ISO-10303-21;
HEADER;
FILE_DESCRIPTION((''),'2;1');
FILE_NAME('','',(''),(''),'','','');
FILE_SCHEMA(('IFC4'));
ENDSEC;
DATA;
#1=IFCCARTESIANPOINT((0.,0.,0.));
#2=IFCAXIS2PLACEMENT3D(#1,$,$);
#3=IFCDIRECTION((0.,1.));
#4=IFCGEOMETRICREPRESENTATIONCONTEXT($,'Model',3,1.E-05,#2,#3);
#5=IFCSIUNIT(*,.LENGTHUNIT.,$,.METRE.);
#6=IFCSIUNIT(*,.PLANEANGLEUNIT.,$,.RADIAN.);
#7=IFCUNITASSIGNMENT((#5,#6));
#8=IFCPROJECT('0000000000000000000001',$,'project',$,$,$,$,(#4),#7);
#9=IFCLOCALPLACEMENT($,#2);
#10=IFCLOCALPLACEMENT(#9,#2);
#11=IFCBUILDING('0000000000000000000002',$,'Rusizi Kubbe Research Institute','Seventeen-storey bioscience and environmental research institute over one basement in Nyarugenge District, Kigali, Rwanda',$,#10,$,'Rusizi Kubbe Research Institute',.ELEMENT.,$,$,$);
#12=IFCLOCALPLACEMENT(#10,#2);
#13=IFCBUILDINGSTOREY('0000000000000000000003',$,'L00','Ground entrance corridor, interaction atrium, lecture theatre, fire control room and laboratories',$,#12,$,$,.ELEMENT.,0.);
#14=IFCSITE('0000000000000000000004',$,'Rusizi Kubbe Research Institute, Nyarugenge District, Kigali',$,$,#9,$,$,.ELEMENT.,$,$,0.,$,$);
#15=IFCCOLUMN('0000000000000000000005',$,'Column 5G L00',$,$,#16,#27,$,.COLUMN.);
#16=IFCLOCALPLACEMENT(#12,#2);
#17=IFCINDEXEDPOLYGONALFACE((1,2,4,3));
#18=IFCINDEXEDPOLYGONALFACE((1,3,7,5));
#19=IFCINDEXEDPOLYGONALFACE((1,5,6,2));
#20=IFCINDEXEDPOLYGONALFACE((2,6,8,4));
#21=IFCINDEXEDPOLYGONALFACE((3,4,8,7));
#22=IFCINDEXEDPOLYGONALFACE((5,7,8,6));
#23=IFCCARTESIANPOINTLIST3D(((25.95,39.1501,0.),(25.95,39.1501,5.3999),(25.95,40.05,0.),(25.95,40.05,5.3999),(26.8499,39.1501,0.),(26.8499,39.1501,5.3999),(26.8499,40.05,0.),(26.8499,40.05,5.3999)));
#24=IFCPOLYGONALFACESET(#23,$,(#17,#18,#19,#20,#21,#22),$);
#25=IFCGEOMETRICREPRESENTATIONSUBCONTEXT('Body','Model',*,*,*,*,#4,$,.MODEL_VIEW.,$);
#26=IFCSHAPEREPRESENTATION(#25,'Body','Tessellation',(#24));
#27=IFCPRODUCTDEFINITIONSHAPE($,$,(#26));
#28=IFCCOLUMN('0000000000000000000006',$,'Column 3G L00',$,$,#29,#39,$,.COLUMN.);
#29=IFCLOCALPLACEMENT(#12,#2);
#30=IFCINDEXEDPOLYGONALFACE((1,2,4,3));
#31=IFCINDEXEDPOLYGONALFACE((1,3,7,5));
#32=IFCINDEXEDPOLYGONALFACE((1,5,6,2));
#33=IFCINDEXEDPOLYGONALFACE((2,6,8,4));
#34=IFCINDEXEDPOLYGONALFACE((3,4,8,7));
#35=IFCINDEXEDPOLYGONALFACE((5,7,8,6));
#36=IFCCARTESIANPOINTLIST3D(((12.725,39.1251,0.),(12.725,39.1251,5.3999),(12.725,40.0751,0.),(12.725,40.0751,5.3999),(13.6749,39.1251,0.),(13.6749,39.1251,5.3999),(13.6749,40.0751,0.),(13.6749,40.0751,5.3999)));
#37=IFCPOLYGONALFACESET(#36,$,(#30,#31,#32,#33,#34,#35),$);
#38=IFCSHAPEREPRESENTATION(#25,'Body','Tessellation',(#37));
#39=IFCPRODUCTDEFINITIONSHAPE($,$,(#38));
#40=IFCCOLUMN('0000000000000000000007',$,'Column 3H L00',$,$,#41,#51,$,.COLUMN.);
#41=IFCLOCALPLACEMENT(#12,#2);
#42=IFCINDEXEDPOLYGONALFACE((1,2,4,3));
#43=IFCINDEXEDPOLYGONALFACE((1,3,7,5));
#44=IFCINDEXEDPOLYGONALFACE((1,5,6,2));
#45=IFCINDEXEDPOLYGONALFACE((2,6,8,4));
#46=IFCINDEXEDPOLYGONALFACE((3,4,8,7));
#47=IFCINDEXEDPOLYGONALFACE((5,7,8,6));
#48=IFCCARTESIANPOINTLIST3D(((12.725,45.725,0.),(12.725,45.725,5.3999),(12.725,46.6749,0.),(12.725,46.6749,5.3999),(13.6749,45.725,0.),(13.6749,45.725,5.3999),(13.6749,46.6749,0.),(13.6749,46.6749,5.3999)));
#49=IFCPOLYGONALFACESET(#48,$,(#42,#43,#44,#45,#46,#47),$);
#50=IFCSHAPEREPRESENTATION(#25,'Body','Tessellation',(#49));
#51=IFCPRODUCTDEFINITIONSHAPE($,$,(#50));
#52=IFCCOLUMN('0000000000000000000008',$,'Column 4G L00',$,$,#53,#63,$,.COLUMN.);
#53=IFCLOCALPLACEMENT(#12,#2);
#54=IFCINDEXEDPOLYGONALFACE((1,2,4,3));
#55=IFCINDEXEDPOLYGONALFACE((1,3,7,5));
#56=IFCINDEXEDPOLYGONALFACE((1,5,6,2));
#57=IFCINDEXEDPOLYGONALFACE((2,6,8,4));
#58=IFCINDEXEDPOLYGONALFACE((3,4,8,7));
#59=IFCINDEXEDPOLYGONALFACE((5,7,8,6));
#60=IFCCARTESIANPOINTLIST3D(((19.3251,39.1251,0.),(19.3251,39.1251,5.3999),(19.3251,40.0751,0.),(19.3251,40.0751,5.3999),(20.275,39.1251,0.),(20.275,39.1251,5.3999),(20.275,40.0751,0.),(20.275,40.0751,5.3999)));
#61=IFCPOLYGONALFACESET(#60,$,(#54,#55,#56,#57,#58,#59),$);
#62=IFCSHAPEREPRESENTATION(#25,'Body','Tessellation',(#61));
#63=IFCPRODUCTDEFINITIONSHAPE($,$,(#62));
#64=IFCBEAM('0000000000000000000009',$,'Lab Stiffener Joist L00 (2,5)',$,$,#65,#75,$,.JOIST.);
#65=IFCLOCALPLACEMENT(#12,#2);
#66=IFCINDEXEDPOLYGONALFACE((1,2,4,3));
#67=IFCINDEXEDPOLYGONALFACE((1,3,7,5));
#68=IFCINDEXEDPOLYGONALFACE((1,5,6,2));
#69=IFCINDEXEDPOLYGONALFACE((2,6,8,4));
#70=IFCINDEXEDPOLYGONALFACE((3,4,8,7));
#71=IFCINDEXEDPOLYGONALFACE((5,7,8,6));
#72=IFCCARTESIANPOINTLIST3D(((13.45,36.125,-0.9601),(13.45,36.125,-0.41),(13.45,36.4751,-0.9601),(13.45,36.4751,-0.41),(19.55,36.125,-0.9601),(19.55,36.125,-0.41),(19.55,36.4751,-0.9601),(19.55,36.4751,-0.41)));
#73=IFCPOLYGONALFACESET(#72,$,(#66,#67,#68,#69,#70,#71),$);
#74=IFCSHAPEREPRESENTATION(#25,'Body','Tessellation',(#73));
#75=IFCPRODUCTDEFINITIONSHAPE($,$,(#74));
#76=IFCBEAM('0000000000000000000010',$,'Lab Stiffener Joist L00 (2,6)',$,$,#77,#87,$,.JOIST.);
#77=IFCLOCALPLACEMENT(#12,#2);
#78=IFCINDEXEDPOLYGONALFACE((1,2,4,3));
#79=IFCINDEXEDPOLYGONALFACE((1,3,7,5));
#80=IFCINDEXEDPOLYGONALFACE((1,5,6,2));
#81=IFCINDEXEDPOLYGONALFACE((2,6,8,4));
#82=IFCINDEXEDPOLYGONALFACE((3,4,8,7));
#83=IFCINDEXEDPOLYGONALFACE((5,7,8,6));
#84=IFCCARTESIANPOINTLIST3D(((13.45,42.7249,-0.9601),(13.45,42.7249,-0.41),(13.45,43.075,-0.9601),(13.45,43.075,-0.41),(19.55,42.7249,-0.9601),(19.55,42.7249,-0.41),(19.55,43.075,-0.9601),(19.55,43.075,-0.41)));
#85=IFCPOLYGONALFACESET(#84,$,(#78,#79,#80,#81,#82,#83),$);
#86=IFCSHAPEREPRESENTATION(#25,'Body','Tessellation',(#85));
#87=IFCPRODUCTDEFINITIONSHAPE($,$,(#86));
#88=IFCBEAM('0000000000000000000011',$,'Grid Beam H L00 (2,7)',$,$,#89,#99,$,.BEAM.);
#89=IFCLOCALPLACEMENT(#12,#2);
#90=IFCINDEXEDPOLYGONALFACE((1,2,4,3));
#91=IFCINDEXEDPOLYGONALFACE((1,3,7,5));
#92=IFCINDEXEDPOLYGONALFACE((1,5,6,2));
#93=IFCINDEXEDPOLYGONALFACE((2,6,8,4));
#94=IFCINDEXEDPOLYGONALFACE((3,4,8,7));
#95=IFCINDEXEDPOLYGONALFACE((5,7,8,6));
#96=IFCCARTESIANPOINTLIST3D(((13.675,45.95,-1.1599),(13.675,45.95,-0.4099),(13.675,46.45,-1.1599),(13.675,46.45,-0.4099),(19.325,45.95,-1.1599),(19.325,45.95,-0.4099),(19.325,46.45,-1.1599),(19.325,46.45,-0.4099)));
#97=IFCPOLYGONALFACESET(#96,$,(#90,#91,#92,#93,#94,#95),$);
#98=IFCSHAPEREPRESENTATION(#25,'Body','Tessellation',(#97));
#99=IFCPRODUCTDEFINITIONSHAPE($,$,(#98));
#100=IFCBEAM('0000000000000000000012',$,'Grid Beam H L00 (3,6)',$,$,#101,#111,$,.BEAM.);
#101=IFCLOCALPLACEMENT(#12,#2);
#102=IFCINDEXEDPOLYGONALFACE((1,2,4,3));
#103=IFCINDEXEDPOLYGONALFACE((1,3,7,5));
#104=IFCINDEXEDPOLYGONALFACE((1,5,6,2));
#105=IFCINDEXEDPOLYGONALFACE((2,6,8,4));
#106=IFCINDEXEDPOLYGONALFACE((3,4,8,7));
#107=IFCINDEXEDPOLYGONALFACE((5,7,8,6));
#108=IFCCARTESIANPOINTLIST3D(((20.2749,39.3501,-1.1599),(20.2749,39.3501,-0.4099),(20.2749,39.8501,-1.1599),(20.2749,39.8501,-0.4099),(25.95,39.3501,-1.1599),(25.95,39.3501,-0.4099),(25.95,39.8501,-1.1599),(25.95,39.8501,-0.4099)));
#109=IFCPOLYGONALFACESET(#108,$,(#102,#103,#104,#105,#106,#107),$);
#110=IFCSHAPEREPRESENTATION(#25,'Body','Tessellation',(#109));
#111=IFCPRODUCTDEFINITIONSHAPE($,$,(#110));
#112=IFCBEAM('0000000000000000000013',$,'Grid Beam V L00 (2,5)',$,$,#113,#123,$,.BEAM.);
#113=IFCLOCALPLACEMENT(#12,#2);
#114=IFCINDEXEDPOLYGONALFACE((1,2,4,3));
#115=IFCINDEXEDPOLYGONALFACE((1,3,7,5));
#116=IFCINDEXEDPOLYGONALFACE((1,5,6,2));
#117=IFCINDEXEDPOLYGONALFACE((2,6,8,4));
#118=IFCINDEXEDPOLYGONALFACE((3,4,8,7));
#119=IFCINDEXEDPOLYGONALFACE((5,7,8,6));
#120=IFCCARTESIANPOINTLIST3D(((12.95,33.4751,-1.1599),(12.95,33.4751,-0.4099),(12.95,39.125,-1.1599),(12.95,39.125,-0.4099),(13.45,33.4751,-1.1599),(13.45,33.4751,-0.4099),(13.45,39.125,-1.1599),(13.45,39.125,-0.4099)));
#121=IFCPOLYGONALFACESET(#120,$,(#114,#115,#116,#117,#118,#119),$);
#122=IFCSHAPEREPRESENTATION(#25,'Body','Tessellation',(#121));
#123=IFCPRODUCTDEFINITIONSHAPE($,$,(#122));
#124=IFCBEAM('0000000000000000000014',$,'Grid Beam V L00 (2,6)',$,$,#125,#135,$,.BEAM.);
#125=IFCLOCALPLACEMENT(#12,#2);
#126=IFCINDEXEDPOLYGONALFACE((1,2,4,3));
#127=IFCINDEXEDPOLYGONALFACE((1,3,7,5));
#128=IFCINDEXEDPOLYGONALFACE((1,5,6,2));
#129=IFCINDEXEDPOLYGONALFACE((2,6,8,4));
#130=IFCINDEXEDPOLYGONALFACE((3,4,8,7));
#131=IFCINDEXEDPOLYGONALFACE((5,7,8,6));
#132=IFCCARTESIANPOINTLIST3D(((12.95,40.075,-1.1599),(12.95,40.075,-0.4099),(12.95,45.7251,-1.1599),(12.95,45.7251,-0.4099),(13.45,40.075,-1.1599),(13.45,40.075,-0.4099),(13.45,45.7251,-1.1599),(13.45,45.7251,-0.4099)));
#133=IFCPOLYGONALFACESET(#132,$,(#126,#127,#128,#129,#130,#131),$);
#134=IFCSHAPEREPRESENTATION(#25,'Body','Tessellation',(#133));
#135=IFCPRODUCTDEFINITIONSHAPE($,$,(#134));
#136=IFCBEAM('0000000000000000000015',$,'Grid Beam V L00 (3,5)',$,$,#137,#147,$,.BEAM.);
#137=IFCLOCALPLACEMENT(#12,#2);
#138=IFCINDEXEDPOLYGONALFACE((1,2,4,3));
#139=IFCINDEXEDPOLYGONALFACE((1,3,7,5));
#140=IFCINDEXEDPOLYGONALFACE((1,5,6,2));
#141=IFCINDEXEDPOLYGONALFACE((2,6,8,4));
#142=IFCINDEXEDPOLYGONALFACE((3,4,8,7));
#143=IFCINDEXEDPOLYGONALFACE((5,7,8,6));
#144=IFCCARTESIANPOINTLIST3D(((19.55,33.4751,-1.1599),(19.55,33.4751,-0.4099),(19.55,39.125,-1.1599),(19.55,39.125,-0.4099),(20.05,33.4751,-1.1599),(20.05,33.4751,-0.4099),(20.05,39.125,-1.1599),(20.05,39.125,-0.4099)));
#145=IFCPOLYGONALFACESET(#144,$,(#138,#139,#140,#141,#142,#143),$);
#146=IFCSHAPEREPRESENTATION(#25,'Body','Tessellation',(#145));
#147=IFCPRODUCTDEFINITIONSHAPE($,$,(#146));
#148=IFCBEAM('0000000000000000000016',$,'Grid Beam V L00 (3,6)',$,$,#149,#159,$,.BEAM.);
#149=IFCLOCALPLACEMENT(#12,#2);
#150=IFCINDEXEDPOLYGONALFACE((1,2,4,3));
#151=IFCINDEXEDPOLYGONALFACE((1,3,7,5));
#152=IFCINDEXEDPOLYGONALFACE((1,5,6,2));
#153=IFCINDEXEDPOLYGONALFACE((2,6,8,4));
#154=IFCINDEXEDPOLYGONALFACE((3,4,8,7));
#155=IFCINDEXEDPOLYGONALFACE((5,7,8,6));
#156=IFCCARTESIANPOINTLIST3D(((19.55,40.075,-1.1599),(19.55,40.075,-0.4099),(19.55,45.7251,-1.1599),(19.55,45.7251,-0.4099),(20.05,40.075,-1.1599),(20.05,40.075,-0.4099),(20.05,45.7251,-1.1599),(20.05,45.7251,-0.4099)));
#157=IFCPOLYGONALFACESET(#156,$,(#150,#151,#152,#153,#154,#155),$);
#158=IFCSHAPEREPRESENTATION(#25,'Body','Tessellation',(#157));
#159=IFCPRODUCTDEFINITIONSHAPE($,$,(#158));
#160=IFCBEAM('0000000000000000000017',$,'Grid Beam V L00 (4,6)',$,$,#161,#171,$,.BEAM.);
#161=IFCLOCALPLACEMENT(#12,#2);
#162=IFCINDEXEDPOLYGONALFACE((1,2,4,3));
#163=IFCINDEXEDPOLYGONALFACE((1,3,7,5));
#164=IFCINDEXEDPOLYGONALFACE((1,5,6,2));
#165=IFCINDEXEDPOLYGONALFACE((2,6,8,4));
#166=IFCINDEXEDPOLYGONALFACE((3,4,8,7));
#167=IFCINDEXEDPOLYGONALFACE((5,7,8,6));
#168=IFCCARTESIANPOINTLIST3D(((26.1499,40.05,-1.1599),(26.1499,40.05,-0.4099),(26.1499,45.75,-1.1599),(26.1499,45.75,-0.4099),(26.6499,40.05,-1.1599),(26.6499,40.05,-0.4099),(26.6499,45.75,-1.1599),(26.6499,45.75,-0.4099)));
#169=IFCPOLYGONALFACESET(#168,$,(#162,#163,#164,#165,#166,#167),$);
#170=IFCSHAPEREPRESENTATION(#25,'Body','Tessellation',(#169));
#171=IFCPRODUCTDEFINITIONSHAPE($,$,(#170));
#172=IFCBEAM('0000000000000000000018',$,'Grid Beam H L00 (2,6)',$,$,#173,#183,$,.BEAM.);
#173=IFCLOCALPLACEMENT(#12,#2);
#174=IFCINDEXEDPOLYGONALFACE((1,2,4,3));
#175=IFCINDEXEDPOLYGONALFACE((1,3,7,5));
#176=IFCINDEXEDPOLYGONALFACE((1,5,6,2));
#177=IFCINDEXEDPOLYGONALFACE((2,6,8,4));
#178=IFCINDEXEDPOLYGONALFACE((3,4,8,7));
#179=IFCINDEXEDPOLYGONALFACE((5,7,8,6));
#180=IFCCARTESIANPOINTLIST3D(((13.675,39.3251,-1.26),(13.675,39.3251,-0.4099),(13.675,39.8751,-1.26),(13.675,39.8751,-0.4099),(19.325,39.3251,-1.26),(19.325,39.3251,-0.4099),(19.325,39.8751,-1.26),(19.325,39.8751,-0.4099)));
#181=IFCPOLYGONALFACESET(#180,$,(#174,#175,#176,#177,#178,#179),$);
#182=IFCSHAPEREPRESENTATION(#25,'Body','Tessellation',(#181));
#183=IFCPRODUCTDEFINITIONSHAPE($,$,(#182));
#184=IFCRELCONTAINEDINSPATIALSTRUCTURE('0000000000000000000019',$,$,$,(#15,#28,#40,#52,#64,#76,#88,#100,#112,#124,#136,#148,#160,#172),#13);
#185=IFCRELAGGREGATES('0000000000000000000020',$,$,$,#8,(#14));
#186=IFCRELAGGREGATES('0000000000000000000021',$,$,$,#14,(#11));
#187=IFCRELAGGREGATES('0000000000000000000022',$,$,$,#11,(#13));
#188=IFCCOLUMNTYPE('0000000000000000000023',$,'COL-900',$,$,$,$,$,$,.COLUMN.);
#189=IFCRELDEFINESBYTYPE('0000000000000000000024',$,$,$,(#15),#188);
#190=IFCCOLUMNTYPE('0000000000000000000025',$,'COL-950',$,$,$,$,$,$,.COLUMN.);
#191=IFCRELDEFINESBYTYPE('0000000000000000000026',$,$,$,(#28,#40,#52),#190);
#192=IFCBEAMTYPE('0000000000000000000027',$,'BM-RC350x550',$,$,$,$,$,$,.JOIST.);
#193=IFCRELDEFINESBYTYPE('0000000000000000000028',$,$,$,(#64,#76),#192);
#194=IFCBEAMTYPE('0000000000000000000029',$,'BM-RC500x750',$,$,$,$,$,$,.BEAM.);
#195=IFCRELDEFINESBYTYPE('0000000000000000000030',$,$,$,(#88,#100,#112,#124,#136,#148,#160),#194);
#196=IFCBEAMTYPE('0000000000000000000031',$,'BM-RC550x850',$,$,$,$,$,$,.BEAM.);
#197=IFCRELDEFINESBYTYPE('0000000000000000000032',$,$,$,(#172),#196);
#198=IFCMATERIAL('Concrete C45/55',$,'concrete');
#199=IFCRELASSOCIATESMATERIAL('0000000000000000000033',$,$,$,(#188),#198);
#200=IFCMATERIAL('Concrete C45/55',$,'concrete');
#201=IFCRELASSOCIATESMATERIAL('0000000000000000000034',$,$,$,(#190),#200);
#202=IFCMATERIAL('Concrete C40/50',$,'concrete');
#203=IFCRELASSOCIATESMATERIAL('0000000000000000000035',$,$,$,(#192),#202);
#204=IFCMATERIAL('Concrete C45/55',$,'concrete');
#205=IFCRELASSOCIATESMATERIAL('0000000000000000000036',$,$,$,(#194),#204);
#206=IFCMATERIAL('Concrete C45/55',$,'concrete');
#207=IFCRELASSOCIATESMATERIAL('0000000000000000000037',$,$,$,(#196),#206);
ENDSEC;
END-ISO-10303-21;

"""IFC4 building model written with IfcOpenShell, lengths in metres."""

from ifc_helpers import new_model, si_unit, direction, frame, origin, origin_2d, place, context, subcontext, project, spatial, rectangle, extrude, material, material_profile, profile_set, type_object, element, save


model = new_model("IFC4")

# Units and contexts
model_context = context("Model", 3, precision=1e-05, world=origin(), true_north=direction((0.0, 1.0)))
body_context = subcontext(model_context, "Body", "Model", "MODEL_VIEW")
ifc_project = project(units=[si_unit("LENGTHUNIT", "METRE"), si_unit("PLANEANGLEUNIT", "RADIAN")], contexts=[model_context])

# Site, building, storey
site_placement = place(None, origin())
site = spatial("IfcSite", under=ifc_project, at=site_placement, Name="Rusizi Kubbe Research Institute, Nyarugenge District, Kigali", CompositionType="ELEMENT", RefElevation=0.0)
building_placement = place(site_placement, origin())
building = spatial("IfcBuilding", under=site, at=building_placement, Name="Rusizi Kubbe Research Institute", Description="Seventeen-storey bioscience and environmental research institute over one basement in Nyarugenge District, Kigali, Rwanda", LongName="Rusizi Kubbe Research Institute", CompositionType="ELEMENT")
storey_placement = place(building_placement, origin())
storey = spatial("IfcBuildingStorey", under=building, at=storey_placement, Name="L00", Description="Ground entrance corridor, interaction atrium, lecture theatre, fire control room and laboratories", CompositionType="ELEMENT", Elevation=0.0)

# Columns
ifc_material_1 = material(Name="Concrete C45/55", Category="concrete")
ifc_material_profile_1 = material_profile(ifc_material_1, rectangle(XDim=0.8999, YDim=0.8999, at=origin_2d()), Name="RC900x900")
ifc_profile_set_1 = profile_set([ifc_material_profile_1], Name="Concrete C45/55")
column_type_1 = type_object("IfcColumnType", Name="COL-900", PredefinedType="COLUMN", material=ifc_profile_set_1)
column_placement = place(storey_placement, frame((26.3999, 39.6001, 0.0), z_axis=(0.0, 0.0, 1.0), x_axis=(1.0, 0.0, 0.0)))
element("IfcColumn", 1, at=column_placement, inside=storey, type_object=column_type_1, Name="Column 5G L00", PredefinedType="COLUMN", context=body_context, shape_type="SweptSolid", body=[
    extrude(rectangle(XDim=0.8999, YDim=0.8999, at=origin_2d()), origin(), (0.0, 0.0, 1.0), 5.3999),
])
ifc_material_2 = material(Name="Concrete C45/55", Category="concrete")
ifc_material_profile_2 = material_profile(ifc_material_2, rectangle(XDim=0.95, YDim=0.95, at=origin_2d()), Name="RC950x950")
ifc_profile_set_2 = profile_set([ifc_material_profile_2], Name="Concrete C45/55")
column_type_2 = type_object("IfcColumnType", Name="COL-950", PredefinedType="COLUMN", material=ifc_profile_set_2)
for number, where, z_axis, x_axis, name in (
    (2, (13.2, 39.6001, 0.0), (0.0, 0.0, 1.0), (1.0, 0.0, 0.0), "Column 3G L00"),
    (3, (13.2, 46.2, 0.0), (0.0, 0.0, 1.0), (1.0, 0.0, 0.0), "Column 3H L00"),
    (4, (19.8, 39.6001, 0.0), (0.0, 0.0, 1.0), (1.0, 0.0, 0.0), "Column 4G L00"),
):
    element("IfcColumn", number, at=place(storey_placement, frame(where, z_axis=z_axis, x_axis=x_axis)), inside=storey, type_object=column_type_2, Name=name, PredefinedType="COLUMN", context=body_context, shape_type="SweptSolid", body=[
        extrude(rectangle(XDim=0.95, YDim=0.95, at=origin_2d()), origin(), (0.0, 0.0, 1.0), 5.3999),
    ])

# Beams
ifc_material_3 = material(Name="Concrete C40/50", Category="concrete")
ifc_material_profile_3 = material_profile(ifc_material_3, rectangle(XDim=0.3501, YDim=0.55, at=origin_2d()), Name="RC350x550")
ifc_profile_set_3 = profile_set([ifc_material_profile_3], Name="Concrete C40/50")
beam_type_1 = type_object("IfcBeamType", Name="BM-RC350x550", PredefinedType="JOIST", material=ifc_profile_set_3)
for number, where, z_axis, x_axis, name in (
    (5, (13.45, 36.3, -0.6851), (1.0, 0.0, 0.0), (0.0, 1.0, 0.0), "Lab Stiffener Joist L00 (2,5)"),
    (6, (13.45, 42.8999, -0.6851), (1.0, 0.0, 0.0), (0.0, 1.0, 0.0), "Lab Stiffener Joist L00 (2,6)"),
):
    element("IfcBeam", number, at=place(storey_placement, frame(where, z_axis=z_axis, x_axis=x_axis)), inside=storey, type_object=beam_type_1, Name=name, PredefinedType="JOIST", context=body_context, shape_type="SweptSolid", body=[
        extrude(rectangle(XDim=0.3501, YDim=0.55, at=origin_2d()), origin(), (0.0, 0.0, 1.0), 6.1001),
    ])
ifc_material_4 = material(Name="Concrete C45/55", Category="concrete")
ifc_material_profile_4 = material_profile(ifc_material_4, rectangle(XDim=0.5, YDim=0.75, at=origin_2d()), Name="RC500x750B")
ifc_profile_set_4 = profile_set([ifc_material_profile_4], Name="Concrete C45/55")
beam_type_2 = type_object("IfcBeamType", Name="BM-RC500x750", PredefinedType="BEAM", material=ifc_profile_set_4)
beam_1_placement = place(storey_placement, frame((13.675, 46.2, -0.7849), z_axis=(1.0, 0.0, 0.0), x_axis=(0.0, 1.0, 0.0)))
element("IfcBeam", 7, at=beam_1_placement, inside=storey, type_object=beam_type_2, Name="Grid Beam H L00 (2,7)", PredefinedType="BEAM", context=body_context, shape_type="SweptSolid", body=[
    extrude(rectangle(XDim=0.5, YDim=0.75, at=origin_2d()), origin(), (0.0, 0.0, 1.0), 5.6499),
])
beam_2_placement = place(storey_placement, frame((20.2749, 39.6001, -0.7849), z_axis=(1.0, 0.0, 0.0), x_axis=(0.0, 1.0, 0.0)))
element("IfcBeam", 8, at=beam_2_placement, inside=storey, type_object=beam_type_2, Name="Grid Beam H L00 (3,6)", PredefinedType="BEAM", context=body_context, shape_type="SweptSolid", body=[
    extrude(rectangle(XDim=0.5, YDim=0.75, at=origin_2d()), origin(), (0.0, 0.0, 1.0), 5.675),
])
beam_3_placement = place(storey_placement, frame((13.2, 33.4751, -0.7849), z_axis=(0.0, 1.0, 0.0), x_axis=(-1.0, 0.0, 0.0)))
element("IfcBeam", 9, at=beam_3_placement, inside=storey, type_object=beam_type_2, Name="Grid Beam V L00 (2,5)", PredefinedType="BEAM", context=body_context, shape_type="SweptSolid", body=[
    extrude(rectangle(XDim=0.5, YDim=0.75, at=origin_2d()), origin(), (0.0, 0.0, 1.0), 5.6499),
])
beam_4_placement = place(storey_placement, frame((13.2, 40.075, -0.7849), z_axis=(0.0, 1.0, 0.0), x_axis=(-1.0, 0.0, 0.0)))
element("IfcBeam", 10, at=beam_4_placement, inside=storey, type_object=beam_type_2, Name="Grid Beam V L00 (2,6)", PredefinedType="BEAM", context=body_context, shape_type="SweptSolid", body=[
    extrude(rectangle(XDim=0.5, YDim=0.75, at=origin_2d()), origin(), (0.0, 0.0, 1.0), 5.6501),
])
beam_5_placement = place(storey_placement, frame((19.8, 33.4751, -0.7849), z_axis=(0.0, 1.0, 0.0), x_axis=(-1.0, 0.0, 0.0)))
element("IfcBeam", 11, at=beam_5_placement, inside=storey, type_object=beam_type_2, Name="Grid Beam V L00 (3,5)", PredefinedType="BEAM", context=body_context, shape_type="SweptSolid", body=[
    extrude(rectangle(XDim=0.5, YDim=0.75, at=origin_2d()), origin(), (0.0, 0.0, 1.0), 5.6499),
])
beam_6_placement = place(storey_placement, frame((19.8, 40.075, -0.7849), z_axis=(0.0, 1.0, 0.0), x_axis=(-1.0, 0.0, 0.0)))
element("IfcBeam", 12, at=beam_6_placement, inside=storey, type_object=beam_type_2, Name="Grid Beam V L00 (3,6)", PredefinedType="BEAM", context=body_context, shape_type="SweptSolid", body=[
    extrude(rectangle(XDim=0.5, YDim=0.75, at=origin_2d()), origin(), (0.0, 0.0, 1.0), 5.6501),
])
beam_7_placement = place(storey_placement, frame((26.3999, 40.05, -0.7849), z_axis=(0.0, 1.0, 0.0), x_axis=(-1.0, 0.0, 0.0)))
element("IfcBeam", 13, at=beam_7_placement, inside=storey, type_object=beam_type_2, Name="Grid Beam V L00 (4,6)", PredefinedType="BEAM", context=body_context, shape_type="SweptSolid", body=[
    extrude(rectangle(XDim=0.5, YDim=0.75, at=origin_2d()), origin(), (0.0, 0.0, 1.0), 5.7),
])
ifc_material_5 = material(Name="Concrete C45/55", Category="concrete")
ifc_material_profile_5 = material_profile(ifc_material_5, rectangle(XDim=0.55, YDim=0.8501, at=origin_2d()), Name="RC550x850")
ifc_profile_set_5 = profile_set([ifc_material_profile_5], Name="Concrete C45/55")
beam_type_3 = type_object("IfcBeamType", Name="BM-RC550x850", PredefinedType="BEAM", material=ifc_profile_set_5)
beam_8_placement = place(storey_placement, frame((13.675, 39.6001, -0.835), z_axis=(1.0, 0.0, 0.0), x_axis=(0.0, 1.0, 0.0)))
element("IfcBeam", 14, at=beam_8_placement, inside=storey, type_object=beam_type_3, Name="Grid Beam H L00 (2,6)", PredefinedType="BEAM", context=body_context, shape_type="SweptSolid", body=[
    extrude(rectangle(XDim=0.55, YDim=0.8501, at=origin_2d()), origin(), (0.0, 0.0, 1.0), 5.6499),
])

save(model, "model.ifc")
